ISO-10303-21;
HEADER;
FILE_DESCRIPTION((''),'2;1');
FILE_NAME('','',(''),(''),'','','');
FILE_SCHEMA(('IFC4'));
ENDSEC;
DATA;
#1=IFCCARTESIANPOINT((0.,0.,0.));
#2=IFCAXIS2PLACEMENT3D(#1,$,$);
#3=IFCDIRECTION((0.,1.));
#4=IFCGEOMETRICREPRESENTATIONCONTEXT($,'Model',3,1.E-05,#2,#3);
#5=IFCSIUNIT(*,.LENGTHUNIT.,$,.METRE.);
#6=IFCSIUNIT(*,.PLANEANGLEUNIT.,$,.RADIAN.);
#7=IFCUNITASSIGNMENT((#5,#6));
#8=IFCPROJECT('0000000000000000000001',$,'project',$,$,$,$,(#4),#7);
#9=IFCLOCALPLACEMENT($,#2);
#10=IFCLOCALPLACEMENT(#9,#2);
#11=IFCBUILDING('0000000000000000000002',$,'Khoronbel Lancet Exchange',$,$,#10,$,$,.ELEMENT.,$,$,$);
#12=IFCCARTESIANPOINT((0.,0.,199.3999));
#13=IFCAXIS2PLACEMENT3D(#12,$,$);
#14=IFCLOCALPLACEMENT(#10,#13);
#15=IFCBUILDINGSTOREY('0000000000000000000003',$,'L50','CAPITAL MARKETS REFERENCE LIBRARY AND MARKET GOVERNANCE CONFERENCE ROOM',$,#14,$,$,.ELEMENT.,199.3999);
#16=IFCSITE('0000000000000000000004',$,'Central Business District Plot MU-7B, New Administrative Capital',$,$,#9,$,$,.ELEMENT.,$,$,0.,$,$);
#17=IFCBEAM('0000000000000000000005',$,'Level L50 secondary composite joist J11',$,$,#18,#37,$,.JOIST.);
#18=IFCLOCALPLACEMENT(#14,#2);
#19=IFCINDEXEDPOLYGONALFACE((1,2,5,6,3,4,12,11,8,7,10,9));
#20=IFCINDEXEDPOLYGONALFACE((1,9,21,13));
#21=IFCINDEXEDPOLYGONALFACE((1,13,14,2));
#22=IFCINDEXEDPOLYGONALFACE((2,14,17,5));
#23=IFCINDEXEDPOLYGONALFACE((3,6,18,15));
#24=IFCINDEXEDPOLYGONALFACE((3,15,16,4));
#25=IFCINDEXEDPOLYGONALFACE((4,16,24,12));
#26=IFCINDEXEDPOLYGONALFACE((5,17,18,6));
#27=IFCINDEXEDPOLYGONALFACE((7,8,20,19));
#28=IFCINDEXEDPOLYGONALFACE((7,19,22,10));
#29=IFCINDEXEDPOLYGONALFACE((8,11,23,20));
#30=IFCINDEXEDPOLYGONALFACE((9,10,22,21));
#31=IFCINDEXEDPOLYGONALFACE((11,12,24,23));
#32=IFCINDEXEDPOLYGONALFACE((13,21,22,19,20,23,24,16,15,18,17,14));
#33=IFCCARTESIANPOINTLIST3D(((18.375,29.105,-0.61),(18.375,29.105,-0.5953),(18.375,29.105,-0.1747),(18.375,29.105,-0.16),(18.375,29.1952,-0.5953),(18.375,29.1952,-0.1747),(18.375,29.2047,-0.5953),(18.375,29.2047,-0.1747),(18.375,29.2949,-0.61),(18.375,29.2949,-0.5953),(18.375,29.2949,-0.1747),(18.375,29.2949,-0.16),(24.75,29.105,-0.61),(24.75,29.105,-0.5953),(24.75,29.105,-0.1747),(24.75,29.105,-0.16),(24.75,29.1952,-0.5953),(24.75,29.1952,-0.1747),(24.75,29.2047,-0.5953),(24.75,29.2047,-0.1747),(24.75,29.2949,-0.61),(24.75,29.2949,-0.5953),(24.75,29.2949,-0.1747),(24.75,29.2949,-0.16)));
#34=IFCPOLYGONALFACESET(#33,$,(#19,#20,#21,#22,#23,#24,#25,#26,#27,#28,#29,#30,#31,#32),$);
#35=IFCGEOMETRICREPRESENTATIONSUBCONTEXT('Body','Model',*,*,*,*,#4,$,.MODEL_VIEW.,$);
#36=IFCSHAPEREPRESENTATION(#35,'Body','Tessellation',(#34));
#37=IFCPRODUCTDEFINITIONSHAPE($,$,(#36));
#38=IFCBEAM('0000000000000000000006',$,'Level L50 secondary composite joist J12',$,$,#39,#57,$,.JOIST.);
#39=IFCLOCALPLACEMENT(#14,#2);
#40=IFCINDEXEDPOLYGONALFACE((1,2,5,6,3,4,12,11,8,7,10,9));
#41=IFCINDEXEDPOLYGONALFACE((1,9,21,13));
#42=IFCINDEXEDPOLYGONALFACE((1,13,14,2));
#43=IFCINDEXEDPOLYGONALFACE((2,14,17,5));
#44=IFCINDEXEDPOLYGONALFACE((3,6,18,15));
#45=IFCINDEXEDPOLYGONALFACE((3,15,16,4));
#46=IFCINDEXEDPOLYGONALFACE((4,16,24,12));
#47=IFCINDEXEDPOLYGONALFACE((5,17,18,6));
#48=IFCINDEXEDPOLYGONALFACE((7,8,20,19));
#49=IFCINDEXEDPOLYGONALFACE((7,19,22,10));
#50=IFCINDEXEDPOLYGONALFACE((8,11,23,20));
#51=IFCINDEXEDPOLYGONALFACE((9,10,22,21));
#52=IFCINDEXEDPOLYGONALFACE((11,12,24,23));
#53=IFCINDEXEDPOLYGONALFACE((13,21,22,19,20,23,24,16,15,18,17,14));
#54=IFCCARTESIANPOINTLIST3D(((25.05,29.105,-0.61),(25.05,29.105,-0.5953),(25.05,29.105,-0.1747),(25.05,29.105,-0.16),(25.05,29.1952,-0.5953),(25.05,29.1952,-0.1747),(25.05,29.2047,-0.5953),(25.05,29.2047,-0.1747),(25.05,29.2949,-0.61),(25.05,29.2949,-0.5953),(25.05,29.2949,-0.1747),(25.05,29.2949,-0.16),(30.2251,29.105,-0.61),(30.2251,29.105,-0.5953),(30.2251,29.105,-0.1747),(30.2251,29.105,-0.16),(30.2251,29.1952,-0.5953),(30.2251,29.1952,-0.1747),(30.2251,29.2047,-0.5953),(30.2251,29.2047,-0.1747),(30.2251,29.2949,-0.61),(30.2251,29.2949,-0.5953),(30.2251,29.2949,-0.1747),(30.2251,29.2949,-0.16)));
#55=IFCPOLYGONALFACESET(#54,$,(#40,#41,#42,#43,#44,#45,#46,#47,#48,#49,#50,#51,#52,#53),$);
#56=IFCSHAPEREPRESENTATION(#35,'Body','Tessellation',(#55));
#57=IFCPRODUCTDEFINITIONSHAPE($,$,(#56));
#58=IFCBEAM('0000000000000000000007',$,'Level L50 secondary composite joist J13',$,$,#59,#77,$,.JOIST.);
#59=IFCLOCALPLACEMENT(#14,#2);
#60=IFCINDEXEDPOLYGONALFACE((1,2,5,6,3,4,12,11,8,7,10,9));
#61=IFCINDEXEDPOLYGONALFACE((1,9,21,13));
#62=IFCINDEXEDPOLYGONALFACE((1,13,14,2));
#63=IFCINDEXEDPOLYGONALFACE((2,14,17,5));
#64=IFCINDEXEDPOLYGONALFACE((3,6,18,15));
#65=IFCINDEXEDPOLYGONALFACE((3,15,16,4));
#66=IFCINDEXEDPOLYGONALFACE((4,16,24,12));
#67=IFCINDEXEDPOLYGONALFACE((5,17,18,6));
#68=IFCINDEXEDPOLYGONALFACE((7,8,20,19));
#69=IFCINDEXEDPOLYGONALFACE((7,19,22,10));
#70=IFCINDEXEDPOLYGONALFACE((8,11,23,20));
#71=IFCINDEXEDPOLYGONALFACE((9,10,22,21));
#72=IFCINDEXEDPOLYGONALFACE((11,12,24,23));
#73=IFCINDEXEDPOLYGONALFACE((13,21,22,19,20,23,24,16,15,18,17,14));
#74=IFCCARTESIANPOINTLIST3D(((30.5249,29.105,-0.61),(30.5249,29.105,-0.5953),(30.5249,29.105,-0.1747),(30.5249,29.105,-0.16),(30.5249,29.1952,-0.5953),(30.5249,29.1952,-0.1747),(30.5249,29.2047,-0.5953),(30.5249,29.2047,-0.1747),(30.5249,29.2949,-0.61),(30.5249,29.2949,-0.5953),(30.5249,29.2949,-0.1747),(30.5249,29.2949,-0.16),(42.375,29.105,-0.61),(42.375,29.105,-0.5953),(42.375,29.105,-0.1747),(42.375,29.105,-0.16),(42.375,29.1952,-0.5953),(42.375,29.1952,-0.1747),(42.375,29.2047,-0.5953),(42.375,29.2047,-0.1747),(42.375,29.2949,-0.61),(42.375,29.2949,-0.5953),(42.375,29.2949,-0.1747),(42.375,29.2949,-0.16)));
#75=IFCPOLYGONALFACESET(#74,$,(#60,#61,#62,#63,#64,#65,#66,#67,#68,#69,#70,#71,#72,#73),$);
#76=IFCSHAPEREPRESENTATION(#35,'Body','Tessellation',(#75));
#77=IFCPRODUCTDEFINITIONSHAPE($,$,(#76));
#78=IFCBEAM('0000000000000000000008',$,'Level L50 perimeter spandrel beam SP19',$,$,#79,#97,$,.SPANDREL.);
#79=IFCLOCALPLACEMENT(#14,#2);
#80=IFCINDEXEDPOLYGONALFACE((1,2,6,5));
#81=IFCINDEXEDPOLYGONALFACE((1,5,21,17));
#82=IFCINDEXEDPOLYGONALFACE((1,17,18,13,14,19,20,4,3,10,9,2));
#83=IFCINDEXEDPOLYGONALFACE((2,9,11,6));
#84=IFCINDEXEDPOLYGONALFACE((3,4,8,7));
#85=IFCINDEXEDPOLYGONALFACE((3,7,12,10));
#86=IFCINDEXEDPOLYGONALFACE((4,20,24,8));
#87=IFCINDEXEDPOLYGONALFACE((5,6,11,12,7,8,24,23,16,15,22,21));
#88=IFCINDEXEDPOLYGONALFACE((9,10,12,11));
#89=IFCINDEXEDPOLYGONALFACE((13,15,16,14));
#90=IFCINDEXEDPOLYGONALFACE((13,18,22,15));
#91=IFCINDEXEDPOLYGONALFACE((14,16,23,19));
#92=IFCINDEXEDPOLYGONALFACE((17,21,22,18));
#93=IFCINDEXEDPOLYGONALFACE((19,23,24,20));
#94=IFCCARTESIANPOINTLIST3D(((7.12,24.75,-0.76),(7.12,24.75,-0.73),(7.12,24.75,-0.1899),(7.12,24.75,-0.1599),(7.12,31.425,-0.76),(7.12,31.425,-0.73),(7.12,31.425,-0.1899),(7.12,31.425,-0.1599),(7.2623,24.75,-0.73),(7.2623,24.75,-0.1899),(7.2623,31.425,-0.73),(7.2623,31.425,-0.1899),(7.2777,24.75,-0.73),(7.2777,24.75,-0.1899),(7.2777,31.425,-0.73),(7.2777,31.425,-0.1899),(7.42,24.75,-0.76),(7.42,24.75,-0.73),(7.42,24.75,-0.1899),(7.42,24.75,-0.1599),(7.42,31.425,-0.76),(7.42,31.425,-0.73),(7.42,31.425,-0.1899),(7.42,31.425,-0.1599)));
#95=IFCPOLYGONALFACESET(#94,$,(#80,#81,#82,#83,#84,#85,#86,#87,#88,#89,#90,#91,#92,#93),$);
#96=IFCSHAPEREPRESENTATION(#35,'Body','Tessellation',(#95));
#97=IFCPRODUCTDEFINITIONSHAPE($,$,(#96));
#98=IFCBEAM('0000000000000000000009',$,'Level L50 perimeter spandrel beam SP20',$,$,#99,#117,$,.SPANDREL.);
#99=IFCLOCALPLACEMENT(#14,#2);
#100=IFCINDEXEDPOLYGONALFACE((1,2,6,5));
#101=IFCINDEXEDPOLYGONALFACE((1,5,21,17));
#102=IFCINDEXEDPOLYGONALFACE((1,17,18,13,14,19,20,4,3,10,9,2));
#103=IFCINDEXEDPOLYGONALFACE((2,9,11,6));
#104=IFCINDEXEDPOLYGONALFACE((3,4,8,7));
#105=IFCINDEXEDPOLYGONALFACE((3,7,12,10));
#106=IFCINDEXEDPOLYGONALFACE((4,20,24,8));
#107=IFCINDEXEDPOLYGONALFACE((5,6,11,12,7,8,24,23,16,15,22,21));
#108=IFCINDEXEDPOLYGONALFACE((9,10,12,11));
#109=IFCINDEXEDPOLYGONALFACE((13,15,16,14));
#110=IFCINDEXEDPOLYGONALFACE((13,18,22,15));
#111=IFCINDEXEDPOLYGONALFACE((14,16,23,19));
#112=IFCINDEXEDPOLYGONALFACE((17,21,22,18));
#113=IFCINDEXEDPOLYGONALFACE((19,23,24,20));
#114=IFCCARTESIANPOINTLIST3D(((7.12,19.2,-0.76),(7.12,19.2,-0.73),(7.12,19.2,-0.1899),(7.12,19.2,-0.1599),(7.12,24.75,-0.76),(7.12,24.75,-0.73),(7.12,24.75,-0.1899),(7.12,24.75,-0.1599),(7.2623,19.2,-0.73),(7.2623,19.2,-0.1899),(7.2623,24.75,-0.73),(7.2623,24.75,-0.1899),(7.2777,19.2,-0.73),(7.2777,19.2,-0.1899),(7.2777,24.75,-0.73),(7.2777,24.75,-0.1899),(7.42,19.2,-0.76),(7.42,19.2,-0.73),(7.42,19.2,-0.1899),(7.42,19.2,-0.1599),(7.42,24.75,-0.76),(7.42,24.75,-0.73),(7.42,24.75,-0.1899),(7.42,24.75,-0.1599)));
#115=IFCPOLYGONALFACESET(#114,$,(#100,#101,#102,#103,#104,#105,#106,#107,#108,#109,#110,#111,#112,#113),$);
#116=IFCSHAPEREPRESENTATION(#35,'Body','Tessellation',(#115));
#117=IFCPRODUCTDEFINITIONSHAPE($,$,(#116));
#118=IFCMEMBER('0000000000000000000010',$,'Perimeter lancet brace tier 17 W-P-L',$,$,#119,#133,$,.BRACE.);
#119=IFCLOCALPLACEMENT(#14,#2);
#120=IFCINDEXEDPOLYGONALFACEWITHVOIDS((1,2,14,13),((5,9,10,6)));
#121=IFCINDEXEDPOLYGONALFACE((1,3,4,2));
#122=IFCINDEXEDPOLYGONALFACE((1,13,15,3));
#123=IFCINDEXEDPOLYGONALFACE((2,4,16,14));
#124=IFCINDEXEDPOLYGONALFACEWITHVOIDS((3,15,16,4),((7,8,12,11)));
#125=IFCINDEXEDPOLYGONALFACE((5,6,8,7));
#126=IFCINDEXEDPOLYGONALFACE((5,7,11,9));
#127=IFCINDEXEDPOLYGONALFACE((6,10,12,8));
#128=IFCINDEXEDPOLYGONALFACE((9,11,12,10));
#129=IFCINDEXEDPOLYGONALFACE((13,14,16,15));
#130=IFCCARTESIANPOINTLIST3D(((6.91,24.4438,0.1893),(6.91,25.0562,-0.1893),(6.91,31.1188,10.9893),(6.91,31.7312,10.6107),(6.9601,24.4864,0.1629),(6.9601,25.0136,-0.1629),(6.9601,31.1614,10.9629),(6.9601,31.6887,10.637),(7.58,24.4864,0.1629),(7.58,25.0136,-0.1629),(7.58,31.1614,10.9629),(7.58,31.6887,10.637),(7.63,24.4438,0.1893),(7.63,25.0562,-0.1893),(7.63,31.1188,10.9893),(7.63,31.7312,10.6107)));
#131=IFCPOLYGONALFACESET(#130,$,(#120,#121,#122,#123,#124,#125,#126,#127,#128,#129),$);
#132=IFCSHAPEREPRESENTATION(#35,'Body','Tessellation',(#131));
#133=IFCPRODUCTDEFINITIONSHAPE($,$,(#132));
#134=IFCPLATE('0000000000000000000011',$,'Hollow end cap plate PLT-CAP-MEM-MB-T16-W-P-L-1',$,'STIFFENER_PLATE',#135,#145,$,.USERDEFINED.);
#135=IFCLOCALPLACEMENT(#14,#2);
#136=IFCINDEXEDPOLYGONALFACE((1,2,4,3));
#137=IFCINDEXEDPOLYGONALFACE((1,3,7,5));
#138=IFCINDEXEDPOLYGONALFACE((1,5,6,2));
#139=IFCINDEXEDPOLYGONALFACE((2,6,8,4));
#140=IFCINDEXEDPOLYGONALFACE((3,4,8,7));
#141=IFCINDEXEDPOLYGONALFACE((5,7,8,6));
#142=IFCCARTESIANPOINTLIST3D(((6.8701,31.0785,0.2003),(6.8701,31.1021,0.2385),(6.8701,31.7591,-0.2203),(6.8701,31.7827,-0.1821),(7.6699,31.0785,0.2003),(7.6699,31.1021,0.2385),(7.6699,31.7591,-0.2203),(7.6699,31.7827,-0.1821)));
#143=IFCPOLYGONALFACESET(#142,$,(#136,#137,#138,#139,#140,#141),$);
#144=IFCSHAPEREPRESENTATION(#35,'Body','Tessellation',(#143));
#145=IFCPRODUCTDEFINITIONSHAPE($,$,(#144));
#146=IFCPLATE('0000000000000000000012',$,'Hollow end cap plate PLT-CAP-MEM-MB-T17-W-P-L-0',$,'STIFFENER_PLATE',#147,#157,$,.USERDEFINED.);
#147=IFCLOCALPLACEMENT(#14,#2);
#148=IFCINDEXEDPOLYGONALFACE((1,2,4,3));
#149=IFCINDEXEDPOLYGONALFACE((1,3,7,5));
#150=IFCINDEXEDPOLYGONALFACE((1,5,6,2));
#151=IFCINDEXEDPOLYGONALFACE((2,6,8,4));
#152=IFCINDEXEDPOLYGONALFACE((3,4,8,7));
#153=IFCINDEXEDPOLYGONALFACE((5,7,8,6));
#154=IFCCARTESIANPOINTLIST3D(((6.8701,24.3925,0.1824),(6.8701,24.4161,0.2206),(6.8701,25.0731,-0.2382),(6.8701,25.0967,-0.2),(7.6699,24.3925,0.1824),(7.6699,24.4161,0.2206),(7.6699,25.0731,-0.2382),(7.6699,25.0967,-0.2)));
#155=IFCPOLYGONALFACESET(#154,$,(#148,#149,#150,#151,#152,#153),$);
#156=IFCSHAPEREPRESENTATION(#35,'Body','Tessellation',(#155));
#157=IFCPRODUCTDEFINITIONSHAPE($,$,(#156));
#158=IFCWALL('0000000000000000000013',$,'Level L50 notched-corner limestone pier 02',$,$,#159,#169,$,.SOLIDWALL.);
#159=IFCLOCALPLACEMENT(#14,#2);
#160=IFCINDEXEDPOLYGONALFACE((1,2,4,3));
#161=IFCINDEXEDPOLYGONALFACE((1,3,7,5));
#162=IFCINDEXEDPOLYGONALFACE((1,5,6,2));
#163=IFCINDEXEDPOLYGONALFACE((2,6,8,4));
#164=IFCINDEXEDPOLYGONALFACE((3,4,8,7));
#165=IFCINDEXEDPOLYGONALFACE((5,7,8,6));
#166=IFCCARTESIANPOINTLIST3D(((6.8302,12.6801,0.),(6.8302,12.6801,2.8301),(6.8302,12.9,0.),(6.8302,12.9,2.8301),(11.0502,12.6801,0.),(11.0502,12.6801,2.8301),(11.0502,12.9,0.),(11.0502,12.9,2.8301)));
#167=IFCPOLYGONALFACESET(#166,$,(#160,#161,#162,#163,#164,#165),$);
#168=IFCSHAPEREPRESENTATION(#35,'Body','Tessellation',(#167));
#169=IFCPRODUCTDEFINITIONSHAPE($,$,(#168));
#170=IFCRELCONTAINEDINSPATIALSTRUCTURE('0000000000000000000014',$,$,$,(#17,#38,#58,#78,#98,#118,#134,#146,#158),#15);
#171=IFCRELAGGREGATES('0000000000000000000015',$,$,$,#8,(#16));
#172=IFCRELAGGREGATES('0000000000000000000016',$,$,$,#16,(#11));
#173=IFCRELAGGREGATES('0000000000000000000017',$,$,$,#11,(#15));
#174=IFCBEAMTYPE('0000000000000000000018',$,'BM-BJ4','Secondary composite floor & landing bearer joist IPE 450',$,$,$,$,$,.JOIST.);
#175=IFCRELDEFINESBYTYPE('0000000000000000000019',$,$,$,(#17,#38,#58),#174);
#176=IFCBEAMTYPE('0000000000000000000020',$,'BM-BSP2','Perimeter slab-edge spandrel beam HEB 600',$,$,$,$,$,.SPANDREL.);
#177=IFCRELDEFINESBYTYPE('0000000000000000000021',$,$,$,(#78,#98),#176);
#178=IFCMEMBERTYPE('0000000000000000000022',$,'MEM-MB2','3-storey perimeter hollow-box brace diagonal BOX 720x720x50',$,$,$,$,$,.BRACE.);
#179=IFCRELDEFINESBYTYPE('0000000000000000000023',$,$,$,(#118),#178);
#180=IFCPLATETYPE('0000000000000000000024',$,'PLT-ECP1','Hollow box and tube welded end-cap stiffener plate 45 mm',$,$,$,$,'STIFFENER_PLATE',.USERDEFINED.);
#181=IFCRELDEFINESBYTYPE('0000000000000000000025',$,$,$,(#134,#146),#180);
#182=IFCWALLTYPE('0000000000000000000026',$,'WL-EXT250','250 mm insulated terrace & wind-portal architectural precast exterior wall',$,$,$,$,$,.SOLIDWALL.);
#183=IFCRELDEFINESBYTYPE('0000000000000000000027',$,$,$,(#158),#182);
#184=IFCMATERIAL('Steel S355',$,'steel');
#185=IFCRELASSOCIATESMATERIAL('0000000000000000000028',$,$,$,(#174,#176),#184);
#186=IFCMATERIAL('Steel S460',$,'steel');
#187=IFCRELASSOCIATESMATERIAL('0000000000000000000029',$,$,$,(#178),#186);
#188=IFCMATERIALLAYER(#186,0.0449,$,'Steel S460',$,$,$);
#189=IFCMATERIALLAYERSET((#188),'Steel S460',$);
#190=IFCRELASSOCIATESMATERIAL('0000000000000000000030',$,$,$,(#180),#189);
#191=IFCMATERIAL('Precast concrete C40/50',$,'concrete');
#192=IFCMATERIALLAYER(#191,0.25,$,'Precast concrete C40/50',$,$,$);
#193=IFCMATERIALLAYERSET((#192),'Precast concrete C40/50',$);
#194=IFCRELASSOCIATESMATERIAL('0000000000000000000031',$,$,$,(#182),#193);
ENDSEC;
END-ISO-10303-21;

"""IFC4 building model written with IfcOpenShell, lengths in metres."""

from ifc_helpers import new_model, si_unit, direction, frame, frame_2d, origin, origin_2d, place, context, subcontext, project, spatial, polyline, rectangle, hollow_rectangle, i_section, outline, extrude, material, layer, layer_set, material_profile, profile_set, type_object, element, save


model = new_model("IFC4")

# Units and contexts
model_context = context("Model", 3, precision=1e-05, world=origin(), true_north=direction((0.0, 1.0)))
body_context = subcontext(model_context, "Body", "Model", "MODEL_VIEW")
ifc_project = project(units=[si_unit("LENGTHUNIT", "METRE"), si_unit("PLANEANGLEUNIT", "RADIAN")], contexts=[model_context])

# Site, building, storey
site_placement = place(None, origin())
site = spatial("IfcSite", under=ifc_project, at=site_placement, Name="Central Business District Plot MU-7B, New Administrative Capital", CompositionType="ELEMENT", RefElevation=0.0)
building_placement = place(site_placement, origin())
building = spatial("IfcBuilding", under=site, at=building_placement, Name="Khoronbel Lancet Exchange", CompositionType="ELEMENT")
storey_placement = place(building_placement, frame((0.0, 0.0, 199.3999)))
storey = spatial("IfcBuildingStorey", under=building, at=storey_placement, Name="L50", Description="CAPITAL MARKETS REFERENCE LIBRARY AND MARKET GOVERNANCE CONFERENCE ROOM", CompositionType="ELEMENT", Elevation=199.3999)

# Shared definitions
ifc_material_1 = material(Name="Steel S355", Category="steel")

# Beams
ifc_material_profile_1 = material_profile(ifc_material_1, i_section(OverallWidth=0.1899, OverallDepth=0.45, WebThickness=0.0095, FlangeThickness=0.0146, at=origin_2d()), Name="IPE 450")
ifc_profile_set_1 = profile_set([ifc_material_profile_1], Name="Steel S355")
beam_type_1 = type_object("IfcBeamType", Name="BM-BJ4", Description="Secondary composite floor & landing bearer joist IPE 450", PredefinedType="JOIST", material=ifc_profile_set_1)
beam_1_placement = place(storey_placement, frame((18.375, 29.2, -0.385), z_axis=(1.0, 0.0, 0.0), x_axis=(0.0, 1.0, 0.0)))
element("IfcBeam", 1, at=beam_1_placement, inside=storey, type_object=beam_type_1, Name="Level L50 secondary composite joist J11", PredefinedType="JOIST", context=body_context, shape_type="SweptSolid", body=[
    extrude(i_section(OverallWidth=0.1899, OverallDepth=0.45, WebThickness=0.0095, FlangeThickness=0.0146, at=origin_2d()), origin(), (0.0, 0.0, 1.0), 6.375),
])
beam_2_placement = place(storey_placement, frame((25.05, 29.2, -0.385), z_axis=(1.0, 0.0, 0.0), x_axis=(0.0, 1.0, 0.0)))
element("IfcBeam", 2, at=beam_2_placement, inside=storey, type_object=beam_type_1, Name="Level L50 secondary composite joist J12", PredefinedType="JOIST", context=body_context, shape_type="SweptSolid", body=[
    extrude(i_section(OverallWidth=0.1899, OverallDepth=0.45, WebThickness=0.0095, FlangeThickness=0.0146, at=origin_2d()), origin(), (0.0, 0.0, 1.0), 5.175),
])
beam_3_placement = place(storey_placement, frame((30.5249, 29.2, -0.385), z_axis=(1.0, 0.0, 0.0), x_axis=(0.0, 1.0, 0.0)))
element("IfcBeam", 3, at=beam_3_placement, inside=storey, type_object=beam_type_1, Name="Level L50 secondary composite joist J13", PredefinedType="JOIST", context=body_context, shape_type="SweptSolid", body=[
    extrude(i_section(OverallWidth=0.1899, OverallDepth=0.45, WebThickness=0.0095, FlangeThickness=0.0146, at=origin_2d()), origin(), (0.0, 0.0, 1.0), 11.8501),
])
ifc_material_profile_2 = material_profile(ifc_material_1, i_section(OverallWidth=0.3, OverallDepth=0.6001, WebThickness=0.0154, FlangeThickness=0.03, at=origin_2d()), Name="HEB 600")
ifc_profile_set_2 = profile_set([ifc_material_profile_2], Name="Steel S355")
beam_type_2 = type_object("IfcBeamType", Name="BM-BSP2", Description="Perimeter slab-edge spandrel beam HEB 600", PredefinedType="SPANDREL", material=ifc_profile_set_2)
beam_4_placement = place(storey_placement, frame((7.27, 31.425, -0.46), z_axis=(0.0, -1.0, 0.0), x_axis=(1.0, 0.0, 0.0)))
element("IfcBeam", 4, at=beam_4_placement, inside=storey, type_object=beam_type_2, Name="Level L50 perimeter spandrel beam SP19", PredefinedType="SPANDREL", context=body_context, shape_type="SweptSolid", body=[
    extrude(i_section(OverallWidth=0.3, OverallDepth=0.6001, WebThickness=0.0154, FlangeThickness=0.03, at=origin_2d()), origin(), (0.0, 0.0, 1.0), 6.675),
])
beam_5_placement = place(storey_placement, frame((7.27, 24.75, -0.46), z_axis=(0.0, -1.0, 0.0), x_axis=(1.0, 0.0, 0.0)))
element("IfcBeam", 5, at=beam_5_placement, inside=storey, type_object=beam_type_2, Name="Level L50 perimeter spandrel beam SP20", PredefinedType="SPANDREL", context=body_context, shape_type="SweptSolid", body=[
    extrude(i_section(OverallWidth=0.3, OverallDepth=0.6001, WebThickness=0.0154, FlangeThickness=0.03, at=origin_2d()), origin(), (0.0, 0.0, 1.0), 5.55),
])

# Member
ifc_material_2 = material(Name="Steel S460", Category="steel")
ifc_material_profile_3 = material_profile(ifc_material_2, hollow_rectangle(XDim=0.72, YDim=0.72, WallThickness=0.05, at=origin_2d()), Name="BOX 720x720x50")
ifc_profile_set_3 = profile_set([ifc_material_profile_3], Name="Steel S460")
member_type = type_object("IfcMemberType", Name="MEM-MB2", Description="3-storey perimeter hollow-box brace diagonal BOX 720x720x50", PredefinedType="BRACE", material=ifc_profile_set_3)
member_placement = place(storey_placement, frame((7.27, 24.75, 0.0), z_axis=(0.0, 0.525745, 0.850642), x_axis=(-1.0, 0.0, 0.0)))
element("IfcMember", 6, at=member_placement, inside=storey, type_object=member_type, Name="Perimeter lancet brace tier 17 W-P-L", PredefinedType="BRACE", context=body_context, shape_type="SweptSolid", body=[
    extrude(hollow_rectangle(XDim=0.72, YDim=0.72, WallThickness=0.05, at=origin_2d()), origin(), (0.0, 0.0, 1.0), 12.6963),
])

# Plates
ifc_layer_1 = layer(ifc_material_2, 0.0449, Name="Steel S460")
ifc_layer_set_1 = layer_set([ifc_layer_1], Name="Steel S460")
plate_type = type_object("IfcPlateType", Name="PLT-ECP1", Description="Hollow box and tube welded end-cap stiffener plate 45 mm", ElementType="STIFFENER_PLATE", PredefinedType="USERDEFINED", material=ifc_layer_set_1)
for number, where, z_axis, x_axis, name in (
    (7, (7.6699, 31.7827, -0.1821), (0.0, 0.525714, 0.850662), (-1.0, 0.0, 0.0), "Hollow end cap plate PLT-CAP-MEM-MB-T16-W-P-L-1"),
    (8, (7.6699, 25.0967, -0.2), (0.0, 0.525714, 0.850662), (-1.0, 0.0, 0.0), "Hollow end cap plate PLT-CAP-MEM-MB-T17-W-P-L-0"),
):
    element("IfcPlate", number, at=place(storey_placement, frame(where, z_axis=z_axis, x_axis=x_axis)), inside=storey, type_object=plate_type, Name=name, ObjectType="STIFFENER_PLATE", PredefinedType="USERDEFINED", context=body_context, shape_type="SweptSolid", body=[
        extrude(outline(polyline([(0.0, 0.0), (0.7998, 0.0), (0.7998, 0.8), (0.0, 0.8), (0.0, 0.0)])), origin(), (0.0, 0.0, -1.0), 0.0449),
    ])

# Wall
ifc_material_3 = material(Name="Precast concrete C40/50", Category="concrete")
ifc_layer_2 = layer(ifc_material_3, 0.25, Name="Precast concrete C40/50")
ifc_layer_set_2 = layer_set([ifc_layer_2], Name="Precast concrete C40/50")
wall_type_1 = type_object("IfcWallType", Name="WL-EXT250", Description="250 mm insulated terrace & wind-portal architectural precast exterior wall", PredefinedType="SOLIDWALL", material=ifc_layer_set_2)
wall_1_placement = place(storey_placement, frame((11.05, 12.79, 0.0), z_axis=(0.0, 0.0, 1.0), x_axis=(-1.0, 0.0, 0.0)))
element("IfcWall", 9, at=wall_1_placement, inside=storey, type_object=wall_type_1, Name="Level L50 notched-corner limestone pier 02", PredefinedType="SOLIDWALL", context=body_context, shape_type="SweptSolid", body=[
    extrude(rectangle(XDim=4.22, YDim=0.22, at=frame_2d((2.1099, 0.0))), origin(), (0.0, 0.0, 1.0), 2.8301),
])

save(model, "model.ifc")
